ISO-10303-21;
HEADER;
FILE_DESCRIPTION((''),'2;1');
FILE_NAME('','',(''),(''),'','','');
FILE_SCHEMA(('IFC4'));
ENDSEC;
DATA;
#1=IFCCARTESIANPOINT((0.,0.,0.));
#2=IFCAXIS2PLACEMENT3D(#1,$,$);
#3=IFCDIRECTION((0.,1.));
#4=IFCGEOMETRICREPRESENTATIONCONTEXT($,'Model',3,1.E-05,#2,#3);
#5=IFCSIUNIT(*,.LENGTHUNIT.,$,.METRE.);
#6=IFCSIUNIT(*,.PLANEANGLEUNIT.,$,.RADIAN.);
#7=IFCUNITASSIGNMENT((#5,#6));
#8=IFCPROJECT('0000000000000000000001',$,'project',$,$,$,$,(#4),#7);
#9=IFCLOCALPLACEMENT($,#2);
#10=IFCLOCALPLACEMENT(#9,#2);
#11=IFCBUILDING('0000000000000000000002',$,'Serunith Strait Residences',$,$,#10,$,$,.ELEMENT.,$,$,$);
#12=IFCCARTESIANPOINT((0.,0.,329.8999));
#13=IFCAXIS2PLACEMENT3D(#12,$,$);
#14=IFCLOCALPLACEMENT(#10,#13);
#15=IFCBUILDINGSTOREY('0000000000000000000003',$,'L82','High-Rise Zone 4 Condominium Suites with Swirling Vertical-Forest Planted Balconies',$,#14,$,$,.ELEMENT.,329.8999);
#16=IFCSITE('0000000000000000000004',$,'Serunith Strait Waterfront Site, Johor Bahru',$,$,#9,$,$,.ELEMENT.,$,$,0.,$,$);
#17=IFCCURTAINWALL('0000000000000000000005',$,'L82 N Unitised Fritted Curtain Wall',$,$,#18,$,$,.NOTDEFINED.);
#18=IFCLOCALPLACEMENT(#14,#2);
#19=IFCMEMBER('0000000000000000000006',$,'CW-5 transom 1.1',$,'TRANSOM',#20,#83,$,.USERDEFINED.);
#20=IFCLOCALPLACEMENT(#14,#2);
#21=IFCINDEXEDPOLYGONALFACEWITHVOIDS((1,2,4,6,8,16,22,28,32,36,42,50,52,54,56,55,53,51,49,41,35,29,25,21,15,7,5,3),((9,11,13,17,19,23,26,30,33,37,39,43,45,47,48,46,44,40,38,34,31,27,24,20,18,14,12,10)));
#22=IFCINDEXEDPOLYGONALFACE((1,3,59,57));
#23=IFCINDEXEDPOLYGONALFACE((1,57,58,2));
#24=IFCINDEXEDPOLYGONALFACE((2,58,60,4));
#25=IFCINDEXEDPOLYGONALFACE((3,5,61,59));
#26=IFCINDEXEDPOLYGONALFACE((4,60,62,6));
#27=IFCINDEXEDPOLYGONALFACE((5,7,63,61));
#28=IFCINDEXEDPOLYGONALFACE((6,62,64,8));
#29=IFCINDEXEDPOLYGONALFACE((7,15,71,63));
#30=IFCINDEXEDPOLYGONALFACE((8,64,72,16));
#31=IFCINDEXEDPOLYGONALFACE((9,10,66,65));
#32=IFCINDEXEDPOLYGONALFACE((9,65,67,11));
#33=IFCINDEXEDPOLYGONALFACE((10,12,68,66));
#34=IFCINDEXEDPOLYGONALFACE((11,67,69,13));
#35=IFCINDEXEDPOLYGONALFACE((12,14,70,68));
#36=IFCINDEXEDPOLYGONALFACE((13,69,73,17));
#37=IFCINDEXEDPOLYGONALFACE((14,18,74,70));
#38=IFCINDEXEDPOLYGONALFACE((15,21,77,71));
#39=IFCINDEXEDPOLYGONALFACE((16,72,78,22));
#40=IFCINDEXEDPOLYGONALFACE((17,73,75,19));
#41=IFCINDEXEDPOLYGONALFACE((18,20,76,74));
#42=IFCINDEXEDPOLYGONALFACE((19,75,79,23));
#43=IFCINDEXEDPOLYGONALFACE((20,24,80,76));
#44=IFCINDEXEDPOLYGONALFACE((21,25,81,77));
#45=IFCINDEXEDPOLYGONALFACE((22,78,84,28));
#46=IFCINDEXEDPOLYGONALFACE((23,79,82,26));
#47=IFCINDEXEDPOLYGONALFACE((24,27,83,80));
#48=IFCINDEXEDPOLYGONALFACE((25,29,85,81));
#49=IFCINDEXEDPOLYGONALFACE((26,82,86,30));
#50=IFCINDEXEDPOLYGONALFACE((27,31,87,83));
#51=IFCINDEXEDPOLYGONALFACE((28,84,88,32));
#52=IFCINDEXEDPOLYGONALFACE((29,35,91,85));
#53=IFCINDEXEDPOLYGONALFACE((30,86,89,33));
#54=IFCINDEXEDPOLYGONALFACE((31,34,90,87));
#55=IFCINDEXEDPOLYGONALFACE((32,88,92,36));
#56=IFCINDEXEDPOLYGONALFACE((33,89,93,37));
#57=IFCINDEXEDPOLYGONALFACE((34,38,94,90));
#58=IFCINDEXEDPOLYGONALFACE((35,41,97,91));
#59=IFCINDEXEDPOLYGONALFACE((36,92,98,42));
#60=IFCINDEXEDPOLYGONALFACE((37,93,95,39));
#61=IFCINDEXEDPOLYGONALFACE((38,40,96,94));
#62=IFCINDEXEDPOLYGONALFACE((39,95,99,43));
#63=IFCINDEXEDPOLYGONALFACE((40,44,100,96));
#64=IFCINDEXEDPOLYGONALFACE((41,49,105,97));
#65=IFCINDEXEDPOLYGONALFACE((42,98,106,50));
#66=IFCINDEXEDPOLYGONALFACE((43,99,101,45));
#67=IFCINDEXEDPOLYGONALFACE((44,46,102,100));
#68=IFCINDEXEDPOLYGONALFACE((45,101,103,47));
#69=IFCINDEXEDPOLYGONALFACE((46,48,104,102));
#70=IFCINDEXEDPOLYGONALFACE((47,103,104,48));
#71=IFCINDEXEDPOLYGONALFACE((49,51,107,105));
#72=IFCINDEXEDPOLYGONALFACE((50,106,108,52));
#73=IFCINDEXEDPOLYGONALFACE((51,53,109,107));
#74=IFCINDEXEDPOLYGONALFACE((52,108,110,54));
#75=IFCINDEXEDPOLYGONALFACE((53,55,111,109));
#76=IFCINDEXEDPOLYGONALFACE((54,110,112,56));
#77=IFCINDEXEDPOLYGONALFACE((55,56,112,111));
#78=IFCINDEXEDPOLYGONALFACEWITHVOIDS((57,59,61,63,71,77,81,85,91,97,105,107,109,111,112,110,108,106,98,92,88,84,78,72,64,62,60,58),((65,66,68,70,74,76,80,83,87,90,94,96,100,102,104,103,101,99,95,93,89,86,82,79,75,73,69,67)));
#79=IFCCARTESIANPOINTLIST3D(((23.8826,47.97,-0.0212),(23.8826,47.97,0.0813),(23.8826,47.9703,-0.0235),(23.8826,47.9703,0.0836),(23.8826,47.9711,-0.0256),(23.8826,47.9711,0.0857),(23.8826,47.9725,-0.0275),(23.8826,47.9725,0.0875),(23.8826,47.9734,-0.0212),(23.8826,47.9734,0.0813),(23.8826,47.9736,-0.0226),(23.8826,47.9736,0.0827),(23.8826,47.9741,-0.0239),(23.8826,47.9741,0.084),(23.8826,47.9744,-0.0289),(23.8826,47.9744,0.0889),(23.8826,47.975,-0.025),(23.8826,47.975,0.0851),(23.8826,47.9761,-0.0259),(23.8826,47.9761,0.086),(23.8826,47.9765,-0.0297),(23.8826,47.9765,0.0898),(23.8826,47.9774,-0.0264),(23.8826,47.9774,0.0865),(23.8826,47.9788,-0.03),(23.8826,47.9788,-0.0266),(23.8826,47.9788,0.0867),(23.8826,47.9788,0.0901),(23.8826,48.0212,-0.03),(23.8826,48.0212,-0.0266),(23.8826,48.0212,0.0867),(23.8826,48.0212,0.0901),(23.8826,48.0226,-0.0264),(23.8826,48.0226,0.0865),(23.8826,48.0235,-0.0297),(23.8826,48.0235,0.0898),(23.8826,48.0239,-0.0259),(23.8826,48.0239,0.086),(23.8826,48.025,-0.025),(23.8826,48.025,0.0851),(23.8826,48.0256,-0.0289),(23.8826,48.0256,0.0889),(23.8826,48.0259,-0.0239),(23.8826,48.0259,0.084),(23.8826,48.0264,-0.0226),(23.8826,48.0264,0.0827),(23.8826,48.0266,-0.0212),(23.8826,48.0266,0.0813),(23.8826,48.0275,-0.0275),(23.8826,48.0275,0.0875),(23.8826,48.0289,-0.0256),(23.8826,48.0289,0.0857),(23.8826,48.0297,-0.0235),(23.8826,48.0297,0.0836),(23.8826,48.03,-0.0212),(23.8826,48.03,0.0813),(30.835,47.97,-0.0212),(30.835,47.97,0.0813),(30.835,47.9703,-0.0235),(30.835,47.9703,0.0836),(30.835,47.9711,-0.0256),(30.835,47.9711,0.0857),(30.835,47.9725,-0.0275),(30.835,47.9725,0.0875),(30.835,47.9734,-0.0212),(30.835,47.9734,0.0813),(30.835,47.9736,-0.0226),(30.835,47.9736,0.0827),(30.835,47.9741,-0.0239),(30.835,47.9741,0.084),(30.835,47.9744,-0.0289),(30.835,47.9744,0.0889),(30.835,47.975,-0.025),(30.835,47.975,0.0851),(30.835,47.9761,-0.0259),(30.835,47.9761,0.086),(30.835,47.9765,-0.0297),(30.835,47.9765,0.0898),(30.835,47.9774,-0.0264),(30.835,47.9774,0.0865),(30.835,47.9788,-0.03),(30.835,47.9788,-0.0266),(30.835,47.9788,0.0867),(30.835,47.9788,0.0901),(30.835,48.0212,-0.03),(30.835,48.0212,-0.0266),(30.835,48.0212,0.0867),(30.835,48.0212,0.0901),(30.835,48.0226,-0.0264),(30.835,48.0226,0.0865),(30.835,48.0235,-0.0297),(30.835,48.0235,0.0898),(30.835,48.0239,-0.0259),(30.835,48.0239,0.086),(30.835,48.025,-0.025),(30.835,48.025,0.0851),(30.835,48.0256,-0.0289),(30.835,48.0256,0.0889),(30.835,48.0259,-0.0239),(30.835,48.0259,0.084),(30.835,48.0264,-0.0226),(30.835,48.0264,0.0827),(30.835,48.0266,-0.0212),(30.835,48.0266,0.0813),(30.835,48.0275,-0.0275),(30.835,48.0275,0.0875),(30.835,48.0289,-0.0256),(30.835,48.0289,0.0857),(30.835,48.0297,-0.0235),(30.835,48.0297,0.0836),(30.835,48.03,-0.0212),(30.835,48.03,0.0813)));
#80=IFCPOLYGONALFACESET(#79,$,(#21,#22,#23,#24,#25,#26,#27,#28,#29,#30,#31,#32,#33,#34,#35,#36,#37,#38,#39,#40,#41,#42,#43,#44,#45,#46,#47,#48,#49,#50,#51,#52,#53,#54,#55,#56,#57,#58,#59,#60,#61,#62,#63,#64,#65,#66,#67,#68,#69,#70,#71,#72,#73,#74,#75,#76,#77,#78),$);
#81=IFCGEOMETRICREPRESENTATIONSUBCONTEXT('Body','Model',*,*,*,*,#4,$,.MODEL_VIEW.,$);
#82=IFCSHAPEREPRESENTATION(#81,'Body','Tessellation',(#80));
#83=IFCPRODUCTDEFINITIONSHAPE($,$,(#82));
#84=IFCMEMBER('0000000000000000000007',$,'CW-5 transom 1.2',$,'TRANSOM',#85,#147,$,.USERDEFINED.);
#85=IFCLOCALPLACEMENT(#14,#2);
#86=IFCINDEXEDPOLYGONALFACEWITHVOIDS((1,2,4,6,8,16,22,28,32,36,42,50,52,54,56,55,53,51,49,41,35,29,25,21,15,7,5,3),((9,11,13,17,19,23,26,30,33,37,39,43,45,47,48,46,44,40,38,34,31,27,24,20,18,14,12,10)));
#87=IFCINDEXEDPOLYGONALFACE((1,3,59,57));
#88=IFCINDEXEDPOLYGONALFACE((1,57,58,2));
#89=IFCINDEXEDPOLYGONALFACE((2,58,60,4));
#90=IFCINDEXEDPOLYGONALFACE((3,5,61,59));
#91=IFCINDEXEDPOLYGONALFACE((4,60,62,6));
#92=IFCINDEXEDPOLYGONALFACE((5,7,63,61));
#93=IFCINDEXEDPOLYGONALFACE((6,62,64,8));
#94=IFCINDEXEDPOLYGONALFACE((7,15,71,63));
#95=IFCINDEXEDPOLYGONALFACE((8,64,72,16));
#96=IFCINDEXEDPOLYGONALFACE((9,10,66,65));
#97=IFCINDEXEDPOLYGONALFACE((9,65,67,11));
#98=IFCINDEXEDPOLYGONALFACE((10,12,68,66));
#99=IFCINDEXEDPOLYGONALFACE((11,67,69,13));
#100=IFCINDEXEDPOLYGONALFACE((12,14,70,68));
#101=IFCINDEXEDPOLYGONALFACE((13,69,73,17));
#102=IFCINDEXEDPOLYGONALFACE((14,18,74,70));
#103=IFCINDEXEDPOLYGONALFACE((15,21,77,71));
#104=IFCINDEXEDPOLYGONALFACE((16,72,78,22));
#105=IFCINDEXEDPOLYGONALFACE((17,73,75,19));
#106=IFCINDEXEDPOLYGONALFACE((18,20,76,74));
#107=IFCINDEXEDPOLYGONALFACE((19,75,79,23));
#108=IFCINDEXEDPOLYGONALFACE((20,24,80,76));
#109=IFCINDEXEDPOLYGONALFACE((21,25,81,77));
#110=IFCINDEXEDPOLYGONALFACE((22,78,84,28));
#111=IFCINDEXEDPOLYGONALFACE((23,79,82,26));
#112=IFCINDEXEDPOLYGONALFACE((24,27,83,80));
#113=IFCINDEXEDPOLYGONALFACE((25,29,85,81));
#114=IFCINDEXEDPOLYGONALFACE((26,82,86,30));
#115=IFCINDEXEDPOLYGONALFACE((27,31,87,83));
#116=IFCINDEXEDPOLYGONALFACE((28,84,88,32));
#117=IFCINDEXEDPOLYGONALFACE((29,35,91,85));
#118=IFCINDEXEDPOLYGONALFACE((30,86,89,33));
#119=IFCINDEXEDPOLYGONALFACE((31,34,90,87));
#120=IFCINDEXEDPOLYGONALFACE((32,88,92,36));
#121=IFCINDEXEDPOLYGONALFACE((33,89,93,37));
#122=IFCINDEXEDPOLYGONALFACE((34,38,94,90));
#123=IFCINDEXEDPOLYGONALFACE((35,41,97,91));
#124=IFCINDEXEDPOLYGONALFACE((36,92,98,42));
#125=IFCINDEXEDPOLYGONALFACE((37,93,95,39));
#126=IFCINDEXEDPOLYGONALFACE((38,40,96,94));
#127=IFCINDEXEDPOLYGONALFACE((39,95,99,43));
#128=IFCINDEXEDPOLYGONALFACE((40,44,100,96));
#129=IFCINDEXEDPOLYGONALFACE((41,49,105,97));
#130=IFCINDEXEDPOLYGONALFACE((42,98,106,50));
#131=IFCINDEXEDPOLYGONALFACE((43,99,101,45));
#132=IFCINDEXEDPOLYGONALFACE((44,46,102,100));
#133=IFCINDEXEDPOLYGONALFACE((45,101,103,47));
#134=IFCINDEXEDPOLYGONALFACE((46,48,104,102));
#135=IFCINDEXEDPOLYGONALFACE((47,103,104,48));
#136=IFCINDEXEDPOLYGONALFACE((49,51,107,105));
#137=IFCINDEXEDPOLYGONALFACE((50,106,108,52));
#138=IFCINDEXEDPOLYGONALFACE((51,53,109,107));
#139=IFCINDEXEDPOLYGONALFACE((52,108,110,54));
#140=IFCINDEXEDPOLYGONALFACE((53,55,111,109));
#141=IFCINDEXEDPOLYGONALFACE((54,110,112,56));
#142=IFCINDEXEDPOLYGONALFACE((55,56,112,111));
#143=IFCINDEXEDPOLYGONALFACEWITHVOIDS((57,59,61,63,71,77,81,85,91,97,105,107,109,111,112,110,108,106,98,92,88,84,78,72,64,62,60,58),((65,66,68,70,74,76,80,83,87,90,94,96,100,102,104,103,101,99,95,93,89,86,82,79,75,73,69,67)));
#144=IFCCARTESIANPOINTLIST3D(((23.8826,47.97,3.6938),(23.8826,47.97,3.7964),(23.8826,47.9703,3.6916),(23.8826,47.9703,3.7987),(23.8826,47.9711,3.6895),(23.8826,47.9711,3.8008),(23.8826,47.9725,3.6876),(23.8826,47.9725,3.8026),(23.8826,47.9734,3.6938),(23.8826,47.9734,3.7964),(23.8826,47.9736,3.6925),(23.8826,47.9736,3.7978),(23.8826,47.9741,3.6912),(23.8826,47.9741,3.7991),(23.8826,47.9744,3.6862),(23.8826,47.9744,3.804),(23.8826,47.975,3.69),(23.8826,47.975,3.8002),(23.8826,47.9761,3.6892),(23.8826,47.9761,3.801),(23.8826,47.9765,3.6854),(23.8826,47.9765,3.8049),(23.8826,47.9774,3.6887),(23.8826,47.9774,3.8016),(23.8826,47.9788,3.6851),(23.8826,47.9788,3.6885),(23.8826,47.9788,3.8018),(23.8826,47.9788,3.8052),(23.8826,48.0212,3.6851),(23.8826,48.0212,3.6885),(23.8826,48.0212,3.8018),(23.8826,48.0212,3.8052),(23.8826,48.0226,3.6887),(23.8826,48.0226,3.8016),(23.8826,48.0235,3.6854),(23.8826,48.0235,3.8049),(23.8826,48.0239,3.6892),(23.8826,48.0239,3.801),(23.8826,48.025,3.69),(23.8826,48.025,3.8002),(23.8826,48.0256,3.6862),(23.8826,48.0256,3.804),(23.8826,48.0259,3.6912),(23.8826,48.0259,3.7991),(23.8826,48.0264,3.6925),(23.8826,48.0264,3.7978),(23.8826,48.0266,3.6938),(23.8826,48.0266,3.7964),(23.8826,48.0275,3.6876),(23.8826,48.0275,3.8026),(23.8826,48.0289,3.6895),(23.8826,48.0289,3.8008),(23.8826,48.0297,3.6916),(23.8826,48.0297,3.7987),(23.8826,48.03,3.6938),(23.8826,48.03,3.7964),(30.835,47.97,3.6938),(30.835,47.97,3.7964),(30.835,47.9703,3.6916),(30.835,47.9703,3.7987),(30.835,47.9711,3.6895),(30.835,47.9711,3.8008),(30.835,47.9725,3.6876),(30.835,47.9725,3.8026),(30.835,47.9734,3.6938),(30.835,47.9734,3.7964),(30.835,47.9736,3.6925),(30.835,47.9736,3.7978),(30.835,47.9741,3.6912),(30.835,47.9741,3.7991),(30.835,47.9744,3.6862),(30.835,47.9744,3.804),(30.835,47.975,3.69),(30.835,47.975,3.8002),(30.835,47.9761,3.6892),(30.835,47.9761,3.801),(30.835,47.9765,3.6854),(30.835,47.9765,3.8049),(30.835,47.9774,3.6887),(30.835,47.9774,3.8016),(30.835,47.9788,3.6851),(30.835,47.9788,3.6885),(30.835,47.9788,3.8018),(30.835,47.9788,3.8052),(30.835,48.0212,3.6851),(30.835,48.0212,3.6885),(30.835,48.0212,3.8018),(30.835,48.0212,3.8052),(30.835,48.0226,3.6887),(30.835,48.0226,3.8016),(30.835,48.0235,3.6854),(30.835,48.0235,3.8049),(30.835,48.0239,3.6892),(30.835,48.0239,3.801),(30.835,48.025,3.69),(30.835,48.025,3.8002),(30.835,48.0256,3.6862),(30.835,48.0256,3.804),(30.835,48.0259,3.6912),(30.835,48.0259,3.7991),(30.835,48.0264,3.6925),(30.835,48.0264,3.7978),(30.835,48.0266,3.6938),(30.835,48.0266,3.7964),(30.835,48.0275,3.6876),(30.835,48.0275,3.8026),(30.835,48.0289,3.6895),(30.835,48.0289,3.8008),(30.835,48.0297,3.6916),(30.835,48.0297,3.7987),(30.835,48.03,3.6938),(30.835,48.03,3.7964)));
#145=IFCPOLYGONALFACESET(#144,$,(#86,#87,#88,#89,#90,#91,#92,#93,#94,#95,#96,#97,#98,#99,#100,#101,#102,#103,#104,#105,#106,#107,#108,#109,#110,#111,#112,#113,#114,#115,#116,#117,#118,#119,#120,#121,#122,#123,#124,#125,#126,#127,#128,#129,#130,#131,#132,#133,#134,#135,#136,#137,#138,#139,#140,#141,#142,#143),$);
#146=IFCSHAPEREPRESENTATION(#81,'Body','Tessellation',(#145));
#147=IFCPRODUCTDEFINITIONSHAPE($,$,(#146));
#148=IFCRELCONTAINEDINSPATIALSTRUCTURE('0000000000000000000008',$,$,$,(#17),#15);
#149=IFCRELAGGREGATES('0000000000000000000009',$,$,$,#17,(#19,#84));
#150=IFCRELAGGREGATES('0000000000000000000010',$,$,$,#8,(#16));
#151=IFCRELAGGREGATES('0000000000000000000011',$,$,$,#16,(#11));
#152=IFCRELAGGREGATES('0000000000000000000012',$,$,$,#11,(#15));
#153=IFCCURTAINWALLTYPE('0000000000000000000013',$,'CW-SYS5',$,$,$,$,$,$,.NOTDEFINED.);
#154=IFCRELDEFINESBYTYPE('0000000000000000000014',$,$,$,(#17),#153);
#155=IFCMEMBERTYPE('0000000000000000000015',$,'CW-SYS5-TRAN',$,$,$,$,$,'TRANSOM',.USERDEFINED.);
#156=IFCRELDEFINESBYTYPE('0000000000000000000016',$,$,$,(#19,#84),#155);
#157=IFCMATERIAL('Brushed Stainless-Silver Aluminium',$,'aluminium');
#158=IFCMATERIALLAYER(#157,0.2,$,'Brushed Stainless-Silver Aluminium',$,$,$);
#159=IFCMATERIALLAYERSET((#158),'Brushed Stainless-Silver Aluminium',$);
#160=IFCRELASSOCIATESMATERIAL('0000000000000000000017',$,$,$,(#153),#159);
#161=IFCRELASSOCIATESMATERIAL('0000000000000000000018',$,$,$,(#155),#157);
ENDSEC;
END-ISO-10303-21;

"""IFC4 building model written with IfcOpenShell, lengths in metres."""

from ifc_helpers import new_model, si_unit, direction, frame, origin, origin_2d, place, context, subcontext, project, spatial, hollow_rectangle, extrude, source, transform, mapped, material, layer, layer_set, material_profile, profile_set, type_object, element, aggregate, save


model = new_model("IFC4")

# Units and contexts
model_context = context("Model", 3, precision=1e-05, world=origin(), true_north=direction((0.0, 1.0)))
body_context = subcontext(model_context, "Body", "Model", "MODEL_VIEW")
ifc_project = project(units=[si_unit("LENGTHUNIT", "METRE"), si_unit("PLANEANGLEUNIT", "RADIAN")], contexts=[model_context])

# Site, building, storey
site_placement = place(None, origin())
site = spatial("IfcSite", under=ifc_project, at=site_placement, Name="Serunith Strait Waterfront Site, Johor Bahru", CompositionType="ELEMENT", RefElevation=0.0)
building_placement = place(site_placement, origin())
building = spatial("IfcBuilding", under=site, at=building_placement, Name="Serunith Strait Residences", CompositionType="ELEMENT")
storey_placement = place(building_placement, frame((0.0, 0.0, 329.8999)))
storey = spatial("IfcBuildingStorey", under=building, at=storey_placement, Name="L82", Description="High-Rise Zone 4 Condominium Suites with Swirling Vertical-Forest Planted Balconies", CompositionType="ELEMENT", Elevation=329.8999)

# Curtain wall, members
ifc_material_1 = material(Name="Brushed Stainless-Silver Aluminium", Category="aluminium")
ifc_layer_1 = layer(ifc_material_1, 0.2, Name="Brushed Stainless-Silver Aluminium")
ifc_layer_set_1 = layer_set([ifc_layer_1], Name="Brushed Stainless-Silver Aluminium")
curtain_wall_type = type_object("IfcCurtainWallType", Name="CW-SYS5", PredefinedType="NOTDEFINED", material=ifc_layer_set_1)
curtain_wall_placement = place(storey_placement, origin())
curtain_wall = element("IfcCurtainWall", 1, at=curtain_wall_placement, inside=storey, type_object=curtain_wall_type, Name="L82 N Unitised Fritted Curtain Wall", PredefinedType="NOTDEFINED")
ifc_material_profile_1 = material_profile(ifc_material_1, hollow_rectangle(XDim=0.0601, YDim=0.1201, WallThickness=0.0034, InnerFilletRadius=0.0054, OuterFilletRadius=0.0088, at=origin_2d()), Name="ALU 120x60x3.5")
ifc_profile_set_1 = profile_set([ifc_material_profile_1], Name="Brushed Stainless-Silver Aluminium")
member_type_1 = type_object("IfcMemberType", Name="CW-SYS5-TRAN", ElementType="TRANSOM", PredefinedType="USERDEFINED", material=ifc_profile_set_1)
shared_shape_1 = source(origin(), body_context, "Body", "SweptSolid", [
    extrude(hollow_rectangle(XDim=0.0601, YDim=0.1201, WallThickness=0.0034, InnerFilletRadius=0.0054, OuterFilletRadius=0.0088, at=origin_2d()), origin(), (0.0, 0.0, 1.0), 6.9524),
])
member_1_placement = place(storey_placement, frame((30.835, 48.0, 0.03), z_axis=(-1.0, 0.0, 0.0), x_axis=(0.0, -1.0, 0.0)))
member_1 = element("IfcMember", 2, at=member_1_placement, type_object=member_type_1, Name="CW-5 transom 1.1", ObjectType="TRANSOM", PredefinedType="USERDEFINED", context=body_context, shape_type="MappedRepresentation", body=[
    mapped(shared_shape_1, transform((0.0, 0.0, 0.0), scale=1.0)),
])
member_2_placement = place(storey_placement, frame((30.835, 48.0, 3.7451), z_axis=(-1.0, 0.0, 0.0), x_axis=(0.0, -1.0, 0.0)))
member_2 = element("IfcMember", 3, at=member_2_placement, type_object=member_type_1, Name="CW-5 transom 1.2", ObjectType="TRANSOM", PredefinedType="USERDEFINED", context=body_context, shape_type="MappedRepresentation", body=[
    mapped(shared_shape_1, transform((0.0, 0.0, 0.0), scale=1.0)),
])
aggregate(curtain_wall, [member_1, member_2])

save(model, "model.ifc")
